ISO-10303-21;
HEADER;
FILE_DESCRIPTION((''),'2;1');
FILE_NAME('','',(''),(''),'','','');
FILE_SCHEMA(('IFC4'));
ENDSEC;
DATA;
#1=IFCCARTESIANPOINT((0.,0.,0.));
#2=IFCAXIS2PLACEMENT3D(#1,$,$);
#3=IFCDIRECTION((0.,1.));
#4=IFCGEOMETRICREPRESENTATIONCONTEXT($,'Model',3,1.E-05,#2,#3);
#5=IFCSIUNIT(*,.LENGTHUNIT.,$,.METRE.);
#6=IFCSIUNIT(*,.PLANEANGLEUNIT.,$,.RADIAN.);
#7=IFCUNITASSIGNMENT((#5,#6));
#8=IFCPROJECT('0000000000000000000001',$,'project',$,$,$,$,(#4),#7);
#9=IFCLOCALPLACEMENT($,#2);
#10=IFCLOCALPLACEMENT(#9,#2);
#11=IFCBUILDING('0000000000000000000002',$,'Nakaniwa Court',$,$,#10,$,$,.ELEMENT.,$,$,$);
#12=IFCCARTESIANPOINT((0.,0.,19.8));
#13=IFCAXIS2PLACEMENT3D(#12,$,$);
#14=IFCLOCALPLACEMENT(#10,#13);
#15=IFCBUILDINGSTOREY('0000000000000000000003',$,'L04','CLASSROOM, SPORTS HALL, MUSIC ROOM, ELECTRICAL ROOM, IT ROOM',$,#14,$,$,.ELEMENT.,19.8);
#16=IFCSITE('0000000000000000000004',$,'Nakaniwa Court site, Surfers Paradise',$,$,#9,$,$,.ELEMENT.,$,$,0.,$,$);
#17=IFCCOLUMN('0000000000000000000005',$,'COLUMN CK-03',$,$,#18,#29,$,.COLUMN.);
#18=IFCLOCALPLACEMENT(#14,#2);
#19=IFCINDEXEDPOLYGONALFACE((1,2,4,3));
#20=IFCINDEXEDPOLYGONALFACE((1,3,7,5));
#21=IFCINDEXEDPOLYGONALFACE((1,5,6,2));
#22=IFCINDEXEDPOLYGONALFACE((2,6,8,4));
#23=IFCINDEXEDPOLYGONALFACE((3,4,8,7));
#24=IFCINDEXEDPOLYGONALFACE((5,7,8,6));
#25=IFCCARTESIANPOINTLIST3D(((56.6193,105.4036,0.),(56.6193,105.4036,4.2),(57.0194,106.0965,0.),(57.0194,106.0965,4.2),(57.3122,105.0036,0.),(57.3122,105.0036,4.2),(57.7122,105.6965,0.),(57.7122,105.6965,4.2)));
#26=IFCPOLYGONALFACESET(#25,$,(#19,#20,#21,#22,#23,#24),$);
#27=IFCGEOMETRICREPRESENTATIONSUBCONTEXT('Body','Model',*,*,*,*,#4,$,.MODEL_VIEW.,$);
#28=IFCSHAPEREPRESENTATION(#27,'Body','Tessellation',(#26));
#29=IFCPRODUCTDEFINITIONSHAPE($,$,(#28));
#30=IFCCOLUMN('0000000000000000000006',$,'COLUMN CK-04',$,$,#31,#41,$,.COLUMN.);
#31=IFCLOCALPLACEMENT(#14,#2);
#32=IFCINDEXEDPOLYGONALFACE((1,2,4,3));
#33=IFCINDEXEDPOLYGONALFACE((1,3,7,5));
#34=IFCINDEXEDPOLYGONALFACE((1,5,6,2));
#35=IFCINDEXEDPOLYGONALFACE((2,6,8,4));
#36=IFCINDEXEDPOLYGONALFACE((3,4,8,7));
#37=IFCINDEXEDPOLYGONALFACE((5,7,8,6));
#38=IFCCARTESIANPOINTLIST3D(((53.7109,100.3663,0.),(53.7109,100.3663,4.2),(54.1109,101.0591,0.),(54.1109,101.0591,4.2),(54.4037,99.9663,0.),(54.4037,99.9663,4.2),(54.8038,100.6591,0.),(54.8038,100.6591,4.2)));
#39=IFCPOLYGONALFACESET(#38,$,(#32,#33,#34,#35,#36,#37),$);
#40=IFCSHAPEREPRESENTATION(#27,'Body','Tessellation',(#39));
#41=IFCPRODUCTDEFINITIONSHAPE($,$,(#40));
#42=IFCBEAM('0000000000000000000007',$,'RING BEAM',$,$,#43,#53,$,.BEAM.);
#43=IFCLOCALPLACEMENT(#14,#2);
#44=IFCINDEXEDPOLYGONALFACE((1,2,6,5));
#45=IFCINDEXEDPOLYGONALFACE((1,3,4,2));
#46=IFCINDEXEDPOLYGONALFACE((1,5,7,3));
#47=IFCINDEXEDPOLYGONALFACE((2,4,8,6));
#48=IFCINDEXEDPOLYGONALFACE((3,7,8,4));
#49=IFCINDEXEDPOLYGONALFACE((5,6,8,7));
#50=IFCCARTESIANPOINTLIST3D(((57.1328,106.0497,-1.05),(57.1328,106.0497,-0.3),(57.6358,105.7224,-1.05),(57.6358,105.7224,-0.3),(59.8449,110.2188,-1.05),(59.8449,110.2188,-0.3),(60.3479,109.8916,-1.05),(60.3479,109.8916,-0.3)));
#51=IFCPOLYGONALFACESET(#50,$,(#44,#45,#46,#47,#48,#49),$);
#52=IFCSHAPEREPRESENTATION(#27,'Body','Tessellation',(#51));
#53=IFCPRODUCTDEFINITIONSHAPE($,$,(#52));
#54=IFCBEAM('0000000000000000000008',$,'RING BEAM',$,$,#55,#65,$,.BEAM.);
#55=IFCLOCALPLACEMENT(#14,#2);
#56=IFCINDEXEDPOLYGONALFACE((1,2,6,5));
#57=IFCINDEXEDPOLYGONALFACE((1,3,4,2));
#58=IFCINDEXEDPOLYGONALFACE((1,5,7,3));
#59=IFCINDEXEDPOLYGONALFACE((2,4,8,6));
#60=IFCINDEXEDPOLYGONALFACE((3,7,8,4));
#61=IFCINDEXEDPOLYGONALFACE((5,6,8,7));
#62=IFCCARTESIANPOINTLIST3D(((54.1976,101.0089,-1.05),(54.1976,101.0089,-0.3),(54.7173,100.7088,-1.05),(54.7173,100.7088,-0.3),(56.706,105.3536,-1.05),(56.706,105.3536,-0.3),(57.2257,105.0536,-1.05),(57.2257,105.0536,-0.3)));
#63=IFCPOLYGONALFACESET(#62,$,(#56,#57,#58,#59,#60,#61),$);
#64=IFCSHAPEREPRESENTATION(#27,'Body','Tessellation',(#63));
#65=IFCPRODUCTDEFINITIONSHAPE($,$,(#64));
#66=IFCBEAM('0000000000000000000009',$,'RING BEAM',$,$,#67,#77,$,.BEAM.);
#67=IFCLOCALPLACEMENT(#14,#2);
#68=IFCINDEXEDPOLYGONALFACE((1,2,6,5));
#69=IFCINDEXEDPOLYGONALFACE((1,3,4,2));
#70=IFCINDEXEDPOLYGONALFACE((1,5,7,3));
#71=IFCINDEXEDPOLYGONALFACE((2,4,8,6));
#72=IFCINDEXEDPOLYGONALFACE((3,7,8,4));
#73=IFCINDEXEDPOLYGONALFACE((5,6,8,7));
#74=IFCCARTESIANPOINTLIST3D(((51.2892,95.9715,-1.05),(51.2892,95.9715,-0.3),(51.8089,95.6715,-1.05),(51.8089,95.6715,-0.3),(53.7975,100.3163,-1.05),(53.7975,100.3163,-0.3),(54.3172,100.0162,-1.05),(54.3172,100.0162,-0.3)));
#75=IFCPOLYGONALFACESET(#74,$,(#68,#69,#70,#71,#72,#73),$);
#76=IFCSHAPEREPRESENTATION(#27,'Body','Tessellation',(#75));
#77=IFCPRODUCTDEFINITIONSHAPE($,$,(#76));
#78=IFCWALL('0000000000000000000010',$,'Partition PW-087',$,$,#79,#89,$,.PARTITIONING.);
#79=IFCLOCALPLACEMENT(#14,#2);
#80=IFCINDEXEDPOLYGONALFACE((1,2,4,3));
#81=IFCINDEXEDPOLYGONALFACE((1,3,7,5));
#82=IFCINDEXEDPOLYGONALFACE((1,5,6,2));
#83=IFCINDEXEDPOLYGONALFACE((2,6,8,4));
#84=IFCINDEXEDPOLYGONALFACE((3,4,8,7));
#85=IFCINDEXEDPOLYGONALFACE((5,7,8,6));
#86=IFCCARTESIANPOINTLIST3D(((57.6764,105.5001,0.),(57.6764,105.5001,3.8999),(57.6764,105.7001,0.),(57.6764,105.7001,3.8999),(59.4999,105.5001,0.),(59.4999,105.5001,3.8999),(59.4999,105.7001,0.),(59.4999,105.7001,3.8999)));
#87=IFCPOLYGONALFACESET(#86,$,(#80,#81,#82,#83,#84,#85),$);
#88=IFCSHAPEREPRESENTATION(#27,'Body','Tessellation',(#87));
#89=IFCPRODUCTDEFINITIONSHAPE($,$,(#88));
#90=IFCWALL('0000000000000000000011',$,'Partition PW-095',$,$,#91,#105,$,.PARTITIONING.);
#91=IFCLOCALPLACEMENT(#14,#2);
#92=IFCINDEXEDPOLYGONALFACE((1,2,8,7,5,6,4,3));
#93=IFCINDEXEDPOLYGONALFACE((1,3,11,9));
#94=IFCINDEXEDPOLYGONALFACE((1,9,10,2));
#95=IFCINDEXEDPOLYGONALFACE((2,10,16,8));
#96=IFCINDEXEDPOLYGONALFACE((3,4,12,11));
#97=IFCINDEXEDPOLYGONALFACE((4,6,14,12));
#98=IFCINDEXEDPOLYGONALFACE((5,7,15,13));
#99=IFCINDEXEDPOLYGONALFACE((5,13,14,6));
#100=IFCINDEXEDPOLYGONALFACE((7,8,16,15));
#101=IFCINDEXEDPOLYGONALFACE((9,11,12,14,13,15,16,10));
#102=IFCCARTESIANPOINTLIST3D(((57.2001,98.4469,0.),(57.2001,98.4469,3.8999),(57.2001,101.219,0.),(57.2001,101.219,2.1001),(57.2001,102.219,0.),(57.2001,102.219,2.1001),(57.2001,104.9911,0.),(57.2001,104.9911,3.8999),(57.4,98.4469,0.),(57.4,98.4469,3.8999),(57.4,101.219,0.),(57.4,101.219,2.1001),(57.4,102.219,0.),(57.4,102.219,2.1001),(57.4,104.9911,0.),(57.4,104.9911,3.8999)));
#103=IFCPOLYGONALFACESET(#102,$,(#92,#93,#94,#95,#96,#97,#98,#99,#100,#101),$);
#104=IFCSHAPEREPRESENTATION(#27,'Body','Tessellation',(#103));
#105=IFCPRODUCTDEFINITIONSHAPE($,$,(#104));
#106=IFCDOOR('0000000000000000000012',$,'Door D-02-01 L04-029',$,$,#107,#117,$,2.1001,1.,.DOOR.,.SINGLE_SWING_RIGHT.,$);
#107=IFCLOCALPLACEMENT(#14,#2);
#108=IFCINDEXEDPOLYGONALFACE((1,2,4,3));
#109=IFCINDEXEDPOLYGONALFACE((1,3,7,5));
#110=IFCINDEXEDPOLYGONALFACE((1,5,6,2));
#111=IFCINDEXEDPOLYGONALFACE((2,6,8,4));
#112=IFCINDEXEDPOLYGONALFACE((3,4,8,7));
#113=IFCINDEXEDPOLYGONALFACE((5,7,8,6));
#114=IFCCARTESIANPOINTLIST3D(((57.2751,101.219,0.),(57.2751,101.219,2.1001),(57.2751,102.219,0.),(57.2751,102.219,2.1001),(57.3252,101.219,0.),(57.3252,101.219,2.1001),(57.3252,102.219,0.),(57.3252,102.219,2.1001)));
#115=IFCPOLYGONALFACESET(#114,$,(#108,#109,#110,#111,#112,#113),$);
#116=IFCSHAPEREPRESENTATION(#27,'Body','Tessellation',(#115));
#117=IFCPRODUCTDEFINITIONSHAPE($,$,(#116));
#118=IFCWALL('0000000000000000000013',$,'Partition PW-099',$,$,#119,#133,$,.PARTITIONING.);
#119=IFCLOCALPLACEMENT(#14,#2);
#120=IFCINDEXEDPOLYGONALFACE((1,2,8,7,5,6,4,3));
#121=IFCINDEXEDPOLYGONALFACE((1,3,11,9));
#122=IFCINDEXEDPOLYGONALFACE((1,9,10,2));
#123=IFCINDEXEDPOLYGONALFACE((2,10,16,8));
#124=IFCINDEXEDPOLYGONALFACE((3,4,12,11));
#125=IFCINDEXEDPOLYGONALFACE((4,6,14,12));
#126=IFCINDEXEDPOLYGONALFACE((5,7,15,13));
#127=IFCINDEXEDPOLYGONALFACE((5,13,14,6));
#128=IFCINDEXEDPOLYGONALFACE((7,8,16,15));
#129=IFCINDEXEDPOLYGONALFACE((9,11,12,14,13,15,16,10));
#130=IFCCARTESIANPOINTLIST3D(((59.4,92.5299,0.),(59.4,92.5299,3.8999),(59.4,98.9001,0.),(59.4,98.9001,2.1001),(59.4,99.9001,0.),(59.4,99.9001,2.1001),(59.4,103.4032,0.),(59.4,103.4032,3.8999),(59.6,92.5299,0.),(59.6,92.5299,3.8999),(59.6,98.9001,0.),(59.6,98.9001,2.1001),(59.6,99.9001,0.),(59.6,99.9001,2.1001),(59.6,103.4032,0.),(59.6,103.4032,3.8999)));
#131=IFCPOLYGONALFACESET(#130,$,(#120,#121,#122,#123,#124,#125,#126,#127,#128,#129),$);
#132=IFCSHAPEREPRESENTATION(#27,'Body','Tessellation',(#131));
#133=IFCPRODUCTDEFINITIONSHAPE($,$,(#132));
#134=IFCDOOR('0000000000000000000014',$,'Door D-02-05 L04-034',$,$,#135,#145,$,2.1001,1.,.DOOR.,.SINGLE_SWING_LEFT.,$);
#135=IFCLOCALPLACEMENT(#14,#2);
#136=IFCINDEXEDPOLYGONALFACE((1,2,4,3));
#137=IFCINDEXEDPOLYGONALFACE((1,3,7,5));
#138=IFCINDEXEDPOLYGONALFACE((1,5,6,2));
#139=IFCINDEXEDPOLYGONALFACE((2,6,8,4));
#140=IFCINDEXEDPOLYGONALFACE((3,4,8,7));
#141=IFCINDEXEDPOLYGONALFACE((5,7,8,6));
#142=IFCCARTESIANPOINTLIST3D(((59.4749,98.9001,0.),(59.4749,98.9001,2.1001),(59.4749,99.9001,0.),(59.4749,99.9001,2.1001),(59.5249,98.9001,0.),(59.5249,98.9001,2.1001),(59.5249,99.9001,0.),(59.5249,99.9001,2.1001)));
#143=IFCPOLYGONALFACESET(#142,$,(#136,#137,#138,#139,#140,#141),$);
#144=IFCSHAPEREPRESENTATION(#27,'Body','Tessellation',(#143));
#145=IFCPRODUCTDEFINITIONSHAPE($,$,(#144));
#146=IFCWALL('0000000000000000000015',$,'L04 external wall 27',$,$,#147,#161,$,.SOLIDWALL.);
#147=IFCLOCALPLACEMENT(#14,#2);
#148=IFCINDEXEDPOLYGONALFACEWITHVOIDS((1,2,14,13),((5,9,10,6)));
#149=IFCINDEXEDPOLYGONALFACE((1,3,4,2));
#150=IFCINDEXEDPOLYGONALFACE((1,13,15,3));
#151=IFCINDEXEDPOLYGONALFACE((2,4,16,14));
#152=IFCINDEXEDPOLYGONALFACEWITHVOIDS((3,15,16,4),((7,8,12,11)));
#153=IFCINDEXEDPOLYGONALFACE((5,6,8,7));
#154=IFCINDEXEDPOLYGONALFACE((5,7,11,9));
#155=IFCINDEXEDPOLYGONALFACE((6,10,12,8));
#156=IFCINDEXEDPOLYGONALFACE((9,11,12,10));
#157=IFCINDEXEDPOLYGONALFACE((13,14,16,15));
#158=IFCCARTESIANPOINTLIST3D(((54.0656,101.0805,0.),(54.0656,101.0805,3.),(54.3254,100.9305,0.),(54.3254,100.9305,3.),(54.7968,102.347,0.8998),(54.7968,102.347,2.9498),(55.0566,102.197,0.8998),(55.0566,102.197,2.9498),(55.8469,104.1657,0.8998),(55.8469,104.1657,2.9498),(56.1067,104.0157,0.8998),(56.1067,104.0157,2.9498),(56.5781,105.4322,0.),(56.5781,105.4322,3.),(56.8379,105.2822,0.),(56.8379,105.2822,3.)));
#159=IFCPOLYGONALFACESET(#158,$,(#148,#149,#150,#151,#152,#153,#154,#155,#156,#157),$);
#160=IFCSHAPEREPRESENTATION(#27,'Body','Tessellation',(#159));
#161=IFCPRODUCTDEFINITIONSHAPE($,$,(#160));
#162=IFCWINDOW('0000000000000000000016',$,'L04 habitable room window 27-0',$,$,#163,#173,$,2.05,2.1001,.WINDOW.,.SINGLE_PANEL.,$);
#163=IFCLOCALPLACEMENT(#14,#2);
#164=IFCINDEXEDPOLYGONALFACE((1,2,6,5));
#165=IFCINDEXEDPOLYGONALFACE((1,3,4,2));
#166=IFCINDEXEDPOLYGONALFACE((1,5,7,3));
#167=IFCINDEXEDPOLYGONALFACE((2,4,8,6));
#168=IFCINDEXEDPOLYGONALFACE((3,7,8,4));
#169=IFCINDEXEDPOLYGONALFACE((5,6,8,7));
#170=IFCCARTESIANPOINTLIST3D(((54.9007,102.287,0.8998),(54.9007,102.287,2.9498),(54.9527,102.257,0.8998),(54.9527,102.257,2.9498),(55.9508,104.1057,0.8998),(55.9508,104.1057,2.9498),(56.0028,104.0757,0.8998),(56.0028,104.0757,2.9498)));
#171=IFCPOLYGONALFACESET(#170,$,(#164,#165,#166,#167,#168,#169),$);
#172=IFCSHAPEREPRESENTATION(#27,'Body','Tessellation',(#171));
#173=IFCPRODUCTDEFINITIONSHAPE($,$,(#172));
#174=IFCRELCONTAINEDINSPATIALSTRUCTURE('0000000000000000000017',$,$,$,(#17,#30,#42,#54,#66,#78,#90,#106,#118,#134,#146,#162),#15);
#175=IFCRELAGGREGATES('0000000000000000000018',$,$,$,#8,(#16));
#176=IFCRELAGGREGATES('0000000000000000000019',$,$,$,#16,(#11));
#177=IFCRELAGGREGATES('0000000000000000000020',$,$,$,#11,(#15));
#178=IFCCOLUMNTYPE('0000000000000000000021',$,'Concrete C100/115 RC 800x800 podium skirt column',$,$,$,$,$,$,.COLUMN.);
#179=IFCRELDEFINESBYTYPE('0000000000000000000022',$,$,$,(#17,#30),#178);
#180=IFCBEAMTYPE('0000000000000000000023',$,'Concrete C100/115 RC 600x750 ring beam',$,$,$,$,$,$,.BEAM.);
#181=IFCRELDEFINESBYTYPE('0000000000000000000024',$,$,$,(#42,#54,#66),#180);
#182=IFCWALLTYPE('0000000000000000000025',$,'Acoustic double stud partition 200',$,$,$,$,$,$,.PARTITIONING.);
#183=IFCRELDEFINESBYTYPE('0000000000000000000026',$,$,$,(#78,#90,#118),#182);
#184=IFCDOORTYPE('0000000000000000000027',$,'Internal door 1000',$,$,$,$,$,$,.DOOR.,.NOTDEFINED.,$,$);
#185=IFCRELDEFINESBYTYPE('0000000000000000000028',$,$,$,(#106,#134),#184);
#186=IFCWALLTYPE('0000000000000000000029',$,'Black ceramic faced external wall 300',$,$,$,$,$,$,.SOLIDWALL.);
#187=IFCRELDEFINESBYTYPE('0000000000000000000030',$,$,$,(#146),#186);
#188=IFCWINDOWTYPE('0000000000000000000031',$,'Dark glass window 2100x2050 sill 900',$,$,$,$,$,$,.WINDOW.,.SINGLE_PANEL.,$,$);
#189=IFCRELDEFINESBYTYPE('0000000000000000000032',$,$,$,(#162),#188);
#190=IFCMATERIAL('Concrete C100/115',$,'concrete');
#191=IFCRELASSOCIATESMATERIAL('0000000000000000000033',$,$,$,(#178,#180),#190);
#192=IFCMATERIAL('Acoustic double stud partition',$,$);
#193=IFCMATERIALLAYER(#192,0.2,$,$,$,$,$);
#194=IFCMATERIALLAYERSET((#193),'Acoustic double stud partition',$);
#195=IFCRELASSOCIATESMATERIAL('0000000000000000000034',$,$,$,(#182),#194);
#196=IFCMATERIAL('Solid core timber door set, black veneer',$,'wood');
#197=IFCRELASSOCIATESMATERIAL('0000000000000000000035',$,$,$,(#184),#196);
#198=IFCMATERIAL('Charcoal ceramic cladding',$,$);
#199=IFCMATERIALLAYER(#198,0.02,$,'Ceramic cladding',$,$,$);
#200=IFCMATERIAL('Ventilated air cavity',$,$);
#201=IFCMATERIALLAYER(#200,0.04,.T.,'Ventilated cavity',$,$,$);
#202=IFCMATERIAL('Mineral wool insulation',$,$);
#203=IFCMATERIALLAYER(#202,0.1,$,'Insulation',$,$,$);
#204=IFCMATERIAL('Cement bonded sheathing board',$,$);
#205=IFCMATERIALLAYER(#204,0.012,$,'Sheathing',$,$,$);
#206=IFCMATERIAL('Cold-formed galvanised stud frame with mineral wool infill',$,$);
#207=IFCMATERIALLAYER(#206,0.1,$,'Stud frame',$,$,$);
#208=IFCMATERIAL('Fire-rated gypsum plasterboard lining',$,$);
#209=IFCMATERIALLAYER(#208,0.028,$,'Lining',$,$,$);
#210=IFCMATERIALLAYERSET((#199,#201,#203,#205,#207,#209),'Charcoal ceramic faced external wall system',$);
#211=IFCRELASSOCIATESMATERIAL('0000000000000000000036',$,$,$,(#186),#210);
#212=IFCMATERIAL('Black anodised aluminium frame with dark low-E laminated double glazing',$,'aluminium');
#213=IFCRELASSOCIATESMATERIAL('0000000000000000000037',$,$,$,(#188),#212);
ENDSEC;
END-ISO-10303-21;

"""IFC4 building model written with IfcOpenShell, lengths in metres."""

from ifc_helpers import new_model, si_unit, direction, frame, frame_2d, origin, origin_2d, place, context, subcontext, project, spatial, rectangle, extrude, material, layer, layer_set, material_profile, profile_set, type_object, element, fill, save


model = new_model("IFC4")

# Units and contexts
model_context = context("Model", 3, precision=1e-05, world=origin(), true_north=direction((0.0, 1.0)))
body_context = subcontext(model_context, "Body", "Model", "MODEL_VIEW")
ifc_project = project(units=[si_unit("LENGTHUNIT", "METRE"), si_unit("PLANEANGLEUNIT", "RADIAN")], contexts=[model_context])

# Site, building, storey
site_placement = place(None, origin())
site = spatial("IfcSite", under=ifc_project, at=site_placement, Name="Nakaniwa Court site, Surfers Paradise", CompositionType="ELEMENT", RefElevation=0.0)
building_placement = place(site_placement, origin())
building = spatial("IfcBuilding", under=site, at=building_placement, Name="Nakaniwa Court", CompositionType="ELEMENT")
storey_placement = place(building_placement, frame((0.0, 0.0, 19.8)))
storey = spatial("IfcBuildingStorey", under=building, at=storey_placement, Name="L04", Description="CLASSROOM, SPORTS HALL, MUSIC ROOM, ELECTRICAL ROOM, IT ROOM", CompositionType="ELEMENT", Elevation=19.8)

# Columns
ifc_material_1 = material(Name="Concrete C100/115", Category="concrete")
ifc_material_profile_1 = material_profile(ifc_material_1, rectangle(XDim=0.8, YDim=0.8, at=origin_2d()), Name="Concrete C100/115 RC 800x800 podium skirt column")
ifc_profile_set_1 = profile_set([ifc_material_profile_1], Name="Concrete C100/115")
column_type = type_object("IfcColumnType", Name="Concrete C100/115 RC 800x800 podium skirt column", PredefinedType="COLUMN", material=ifc_profile_set_1)
for number, where, z_axis, x_axis, name in (
    (1, (57.1658, 105.55, 0.0), (0.0, 0.0, 1.0), (-0.5, -0.866025, 0.0), "COLUMN CK-03"),
    (2, (54.2573, 100.5127, 0.0), (0.0, 0.0, 1.0), (-0.5, -0.866025, 0.0), "COLUMN CK-04"),
):
    element("IfcColumn", number, at=place(storey_placement, frame(where, z_axis=z_axis, x_axis=x_axis)), inside=storey, type_object=column_type, Name=name, PredefinedType="COLUMN", context=body_context, shape_type="SweptSolid", body=[
        extrude(rectangle(XDim=0.8, YDim=0.8, at=origin_2d()), origin(), (0.0, 0.0, 1.0), 4.2),
    ])

# Beams
ifc_material_profile_2 = material_profile(ifc_material_1, rectangle(XDim=0.6001, YDim=0.75, at=origin_2d()), Name="Concrete C100/115 RC 600x750 ring beam")
ifc_profile_set_2 = profile_set([ifc_material_profile_2], Name="Concrete C100/115")
beam_type = type_object("IfcBeamType", Name="Concrete C100/115 RC 600x750 ring beam", PredefinedType="BEAM", material=ifc_profile_set_2)
beam_placement = place(storey_placement, frame((60.0964, 110.0552, -0.675), z_axis=(-0.545297, -0.838243, 0.0), x_axis=(0.838243, -0.545297, 0.0)))
element("IfcBeam", 3, at=beam_placement, inside=storey, type_object=beam_type, Name="RING BEAM", PredefinedType="BEAM", context=body_context, shape_type="SweptSolid", body=[
    extrude(rectangle(XDim=0.6001, YDim=0.75, at=origin_2d()), origin(), (0.0, 0.0, 1.0), 4.9736),
])
for number, where, z_axis, x_axis, name in (
    (4, (56.9658, 105.2036, -0.675), (-0.499981, -0.866036, 0.0), (0.866036, -0.499981, 0.0), "RING BEAM"),
    (5, (54.0574, 100.1663, -0.675), (-0.499981, -0.866036, 0.0), (0.866036, -0.499981, 0.0), "RING BEAM"),
):
    element("IfcBeam", number, at=place(storey_placement, frame(where, z_axis=z_axis, x_axis=x_axis)), inside=storey, type_object=beam_type, Name=name, PredefinedType="BEAM", context=body_context, shape_type="SweptSolid", body=[
        extrude(rectangle(XDim=0.6001, YDim=0.75, at=origin_2d()), origin(), (0.0, 0.0, 1.0), 5.0168),
    ])

# Wall
ifc_material_2 = material(Name="Acoustic double stud partition")
ifc_layer_1 = layer(ifc_material_2, 0.2)
ifc_layer_set_1 = layer_set([ifc_layer_1], Name="Acoustic double stud partition")
wall_type_1 = type_object("IfcWallType", Name="Acoustic double stud partition 200", PredefinedType="PARTITIONING", material=ifc_layer_set_1)
wall_1_placement = place(storey_placement, frame((57.6765, 105.6001, 0.0), z_axis=(0.0, 0.0, 1.0), x_axis=(1.0, 0.0, 0.0)))
element("IfcWall", 6, at=wall_1_placement, inside=storey, type_object=wall_type_1, Name="Partition PW-087", PredefinedType="PARTITIONING", context=body_context, shape_type="SweptSolid", body=[
    extrude(rectangle(XDim=1.8235, YDim=0.2, at=frame_2d((0.9116, 0.0))), origin(), (0.0, 0.0, 1.0), 3.8999),
])

# Walls, openings, doors
wall_2_placement = place(storey_placement, frame((57.3, 98.447, 0.0), z_axis=(0.0, 0.0, 1.0), x_axis=(0.0, 1.0, 0.0)))
wall_2 = element("IfcWall", 7, at=wall_2_placement, inside=storey, type_object=wall_type_1, Name="Partition PW-095", PredefinedType="PARTITIONING", context=body_context, shape_type="SweptSolid", body=[
    extrude(rectangle(XDim=6.5442, YDim=0.2, at=frame_2d((3.272, 0.0))), origin(), (0.0, 0.0, 1.0), 3.8999),
])
opening_1_placement = place(wall_2_placement, frame((2.772, 0.0, 0.0)))
opening_1 = element("IfcOpeningElement", 8, at=opening_1_placement, cuts=wall_2, PredefinedType="OPENING", context=body_context, shape_type="SweptSolid", body=[
    extrude(rectangle(XDim=1.0, YDim=2.1001, at=frame_2d((0.5, 1.05))), frame((0.0, 0.1099, 0.0), z_axis=(0.0, -1.0, 0.0), x_axis=(1.0, 0.0, 0.0)), (0.0, 0.0, 1.0), 0.22),
])
ifc_material_3 = material(Name="Solid core timber door set, black veneer", Category="wood")
door_type_1 = type_object("IfcDoorType", Name="Internal door 1000", OperationType="NOTDEFINED", PredefinedType="DOOR", material=ifc_material_3)
door_1_placement = place(opening_1_placement, origin())
door_1 = element("IfcDoor", 9, at=door_1_placement, inside=storey, type_object=door_type_1, Name="Door D-02-01 L04-029", OperationType="SINGLE_SWING_RIGHT", OverallHeight=2.1001, OverallWidth=1.0, PredefinedType="DOOR", context=body_context, shape_type="SweptSolid", body=[
    extrude(rectangle(XDim=1.0, YDim=2.1001, at=frame_2d((0.5, 1.05))), frame((0.0, 0.0249, 0.0), z_axis=(0.0, -1.0, 0.0), x_axis=(1.0, 0.0, 0.0)), (0.0, 0.0, 1.0), 0.05),
])
fill(opening_1, door_1)
wall_3_placement = place(storey_placement, frame((59.5, 103.4031, 0.0), z_axis=(0.0, 0.0, 1.0), x_axis=(0.0, -1.0, 0.0)))
wall_3 = element("IfcWall", 10, at=wall_3_placement, inside=storey, type_object=wall_type_1, Name="Partition PW-099", PredefinedType="PARTITIONING", context=body_context, shape_type="SweptSolid", body=[
    extrude(rectangle(XDim=10.8733, YDim=0.2, at=frame_2d((5.4365, 0.0))), origin(), (0.0, 0.0, 1.0), 3.8999),
])
opening_2_placement = place(wall_3_placement, frame((3.5029, 0.0, 0.0)))
opening_2 = element("IfcOpeningElement", 11, at=opening_2_placement, cuts=wall_3, PredefinedType="OPENING", context=body_context, shape_type="SweptSolid", body=[
    extrude(rectangle(XDim=1.0, YDim=2.1001, at=frame_2d((0.5, 1.05))), frame((0.0, 0.1099, 0.0), z_axis=(0.0, -1.0, 0.0), x_axis=(1.0, 0.0, 0.0)), (0.0, 0.0, 1.0), 0.22),
])
door_2_placement = place(opening_2_placement, origin())
door_2 = element("IfcDoor", 12, at=door_2_placement, inside=storey, type_object=door_type_1, Name="Door D-02-05 L04-034", OperationType="SINGLE_SWING_LEFT", OverallHeight=2.1001, OverallWidth=1.0, PredefinedType="DOOR", context=body_context, shape_type="SweptSolid", body=[
    extrude(rectangle(XDim=1.0, YDim=2.1001, at=frame_2d((0.5, 1.05))), frame((0.0, 0.0249, 0.0), z_axis=(0.0, -1.0, 0.0), x_axis=(1.0, 0.0, 0.0)), (0.0, 0.0, 1.0), 0.05),
])
fill(opening_2, door_2)

# Wall, opening, window
ifc_material_4 = material(Name="Charcoal ceramic cladding")
ifc_layer_2 = layer(ifc_material_4, 0.02, Name="Ceramic cladding")
ifc_material_5 = material(Name="Ventilated air cavity")
ifc_layer_3 = layer(ifc_material_5, 0.04, ventilated=True, Name="Ventilated cavity")
ifc_material_6 = material(Name="Mineral wool insulation")
ifc_layer_4 = layer(ifc_material_6, 0.1, Name="Insulation")
ifc_material_7 = material(Name="Cement bonded sheathing board")
ifc_layer_5 = layer(ifc_material_7, 0.012, Name="Sheathing")
ifc_material_8 = material(Name="Cold-formed galvanised stud frame with mineral wool infill")
ifc_layer_6 = layer(ifc_material_8, 0.1, Name="Stud frame")
ifc_material_9 = material(Name="Fire-rated gypsum plasterboard lining")
ifc_layer_7 = layer(ifc_material_9, 0.028, Name="Lining")
ifc_layer_set_2 = layer_set([ifc_layer_2, ifc_layer_3, ifc_layer_4, ifc_layer_5, ifc_layer_6, ifc_layer_7], Name="Charcoal ceramic faced external wall system")
wall_type_2 = type_object("IfcWallType", Name="Black ceramic faced external wall 300", PredefinedType="SOLIDWALL", material=ifc_layer_set_2)
wall_4_placement = place(storey_placement, frame((56.708, 105.3572, 0.0), z_axis=(0.0, 0.0, 1.0), x_axis=(-0.500011, -0.866019, 0.0)))
wall_4 = element("IfcWall", 13, at=wall_4_placement, inside=storey, type_object=wall_type_2, Name="L04 external wall 27", PredefinedType="SOLIDWALL", context=body_context, shape_type="SweptSolid", body=[
    extrude(rectangle(XDim=5.0249, YDim=0.3, at=frame_2d((2.5125, 0.0))), origin(), (0.0, 0.0, 1.0), 3.0),
])
opening_3_placement = place(wall_4_placement, frame((1.4624, 0.0, 0.8999)))
opening_3 = element("IfcOpeningElement", 14, at=opening_3_placement, cuts=wall_4, PredefinedType="OPENING", context=body_context, shape_type="SweptSolid", body=[
    extrude(rectangle(XDim=2.1001, YDim=2.05, at=frame_2d((1.05, 1.0249))), frame((0.0, 0.1599, 0.0), z_axis=(0.0, -1.0, 0.0), x_axis=(1.0, 0.0, 0.0)), (0.0, 0.0, 1.0), 0.3201),
])
ifc_material_10 = material(Name="Black anodised aluminium frame with dark low-E laminated double glazing", Category="aluminium")
window_type_1 = type_object("IfcWindowType", Name="Dark glass window 2100x2050 sill 900", PartitioningType="SINGLE_PANEL", PredefinedType="WINDOW", material=ifc_material_10)
window_1_placement = place(opening_3_placement, origin())
window_1 = element("IfcWindow", 15, at=window_1_placement, inside=storey, type_object=window_type_1, Name="L04 habitable room window 27-0", OverallHeight=2.05, OverallWidth=2.1001, PartitioningType="SINGLE_PANEL", PredefinedType="WINDOW", context=body_context, shape_type="SweptSolid", body=[
    extrude(rectangle(XDim=2.1001, YDim=2.05, at=frame_2d((1.05, 1.0249))), frame((0.0, 0.03, 0.0), z_axis=(0.0, -1.0, 0.0), x_axis=(1.0, 0.0, 0.0)), (0.0, 0.0, 1.0), 0.0601),
])
fill(opening_3, window_1)

save(model, "model.ifc")
